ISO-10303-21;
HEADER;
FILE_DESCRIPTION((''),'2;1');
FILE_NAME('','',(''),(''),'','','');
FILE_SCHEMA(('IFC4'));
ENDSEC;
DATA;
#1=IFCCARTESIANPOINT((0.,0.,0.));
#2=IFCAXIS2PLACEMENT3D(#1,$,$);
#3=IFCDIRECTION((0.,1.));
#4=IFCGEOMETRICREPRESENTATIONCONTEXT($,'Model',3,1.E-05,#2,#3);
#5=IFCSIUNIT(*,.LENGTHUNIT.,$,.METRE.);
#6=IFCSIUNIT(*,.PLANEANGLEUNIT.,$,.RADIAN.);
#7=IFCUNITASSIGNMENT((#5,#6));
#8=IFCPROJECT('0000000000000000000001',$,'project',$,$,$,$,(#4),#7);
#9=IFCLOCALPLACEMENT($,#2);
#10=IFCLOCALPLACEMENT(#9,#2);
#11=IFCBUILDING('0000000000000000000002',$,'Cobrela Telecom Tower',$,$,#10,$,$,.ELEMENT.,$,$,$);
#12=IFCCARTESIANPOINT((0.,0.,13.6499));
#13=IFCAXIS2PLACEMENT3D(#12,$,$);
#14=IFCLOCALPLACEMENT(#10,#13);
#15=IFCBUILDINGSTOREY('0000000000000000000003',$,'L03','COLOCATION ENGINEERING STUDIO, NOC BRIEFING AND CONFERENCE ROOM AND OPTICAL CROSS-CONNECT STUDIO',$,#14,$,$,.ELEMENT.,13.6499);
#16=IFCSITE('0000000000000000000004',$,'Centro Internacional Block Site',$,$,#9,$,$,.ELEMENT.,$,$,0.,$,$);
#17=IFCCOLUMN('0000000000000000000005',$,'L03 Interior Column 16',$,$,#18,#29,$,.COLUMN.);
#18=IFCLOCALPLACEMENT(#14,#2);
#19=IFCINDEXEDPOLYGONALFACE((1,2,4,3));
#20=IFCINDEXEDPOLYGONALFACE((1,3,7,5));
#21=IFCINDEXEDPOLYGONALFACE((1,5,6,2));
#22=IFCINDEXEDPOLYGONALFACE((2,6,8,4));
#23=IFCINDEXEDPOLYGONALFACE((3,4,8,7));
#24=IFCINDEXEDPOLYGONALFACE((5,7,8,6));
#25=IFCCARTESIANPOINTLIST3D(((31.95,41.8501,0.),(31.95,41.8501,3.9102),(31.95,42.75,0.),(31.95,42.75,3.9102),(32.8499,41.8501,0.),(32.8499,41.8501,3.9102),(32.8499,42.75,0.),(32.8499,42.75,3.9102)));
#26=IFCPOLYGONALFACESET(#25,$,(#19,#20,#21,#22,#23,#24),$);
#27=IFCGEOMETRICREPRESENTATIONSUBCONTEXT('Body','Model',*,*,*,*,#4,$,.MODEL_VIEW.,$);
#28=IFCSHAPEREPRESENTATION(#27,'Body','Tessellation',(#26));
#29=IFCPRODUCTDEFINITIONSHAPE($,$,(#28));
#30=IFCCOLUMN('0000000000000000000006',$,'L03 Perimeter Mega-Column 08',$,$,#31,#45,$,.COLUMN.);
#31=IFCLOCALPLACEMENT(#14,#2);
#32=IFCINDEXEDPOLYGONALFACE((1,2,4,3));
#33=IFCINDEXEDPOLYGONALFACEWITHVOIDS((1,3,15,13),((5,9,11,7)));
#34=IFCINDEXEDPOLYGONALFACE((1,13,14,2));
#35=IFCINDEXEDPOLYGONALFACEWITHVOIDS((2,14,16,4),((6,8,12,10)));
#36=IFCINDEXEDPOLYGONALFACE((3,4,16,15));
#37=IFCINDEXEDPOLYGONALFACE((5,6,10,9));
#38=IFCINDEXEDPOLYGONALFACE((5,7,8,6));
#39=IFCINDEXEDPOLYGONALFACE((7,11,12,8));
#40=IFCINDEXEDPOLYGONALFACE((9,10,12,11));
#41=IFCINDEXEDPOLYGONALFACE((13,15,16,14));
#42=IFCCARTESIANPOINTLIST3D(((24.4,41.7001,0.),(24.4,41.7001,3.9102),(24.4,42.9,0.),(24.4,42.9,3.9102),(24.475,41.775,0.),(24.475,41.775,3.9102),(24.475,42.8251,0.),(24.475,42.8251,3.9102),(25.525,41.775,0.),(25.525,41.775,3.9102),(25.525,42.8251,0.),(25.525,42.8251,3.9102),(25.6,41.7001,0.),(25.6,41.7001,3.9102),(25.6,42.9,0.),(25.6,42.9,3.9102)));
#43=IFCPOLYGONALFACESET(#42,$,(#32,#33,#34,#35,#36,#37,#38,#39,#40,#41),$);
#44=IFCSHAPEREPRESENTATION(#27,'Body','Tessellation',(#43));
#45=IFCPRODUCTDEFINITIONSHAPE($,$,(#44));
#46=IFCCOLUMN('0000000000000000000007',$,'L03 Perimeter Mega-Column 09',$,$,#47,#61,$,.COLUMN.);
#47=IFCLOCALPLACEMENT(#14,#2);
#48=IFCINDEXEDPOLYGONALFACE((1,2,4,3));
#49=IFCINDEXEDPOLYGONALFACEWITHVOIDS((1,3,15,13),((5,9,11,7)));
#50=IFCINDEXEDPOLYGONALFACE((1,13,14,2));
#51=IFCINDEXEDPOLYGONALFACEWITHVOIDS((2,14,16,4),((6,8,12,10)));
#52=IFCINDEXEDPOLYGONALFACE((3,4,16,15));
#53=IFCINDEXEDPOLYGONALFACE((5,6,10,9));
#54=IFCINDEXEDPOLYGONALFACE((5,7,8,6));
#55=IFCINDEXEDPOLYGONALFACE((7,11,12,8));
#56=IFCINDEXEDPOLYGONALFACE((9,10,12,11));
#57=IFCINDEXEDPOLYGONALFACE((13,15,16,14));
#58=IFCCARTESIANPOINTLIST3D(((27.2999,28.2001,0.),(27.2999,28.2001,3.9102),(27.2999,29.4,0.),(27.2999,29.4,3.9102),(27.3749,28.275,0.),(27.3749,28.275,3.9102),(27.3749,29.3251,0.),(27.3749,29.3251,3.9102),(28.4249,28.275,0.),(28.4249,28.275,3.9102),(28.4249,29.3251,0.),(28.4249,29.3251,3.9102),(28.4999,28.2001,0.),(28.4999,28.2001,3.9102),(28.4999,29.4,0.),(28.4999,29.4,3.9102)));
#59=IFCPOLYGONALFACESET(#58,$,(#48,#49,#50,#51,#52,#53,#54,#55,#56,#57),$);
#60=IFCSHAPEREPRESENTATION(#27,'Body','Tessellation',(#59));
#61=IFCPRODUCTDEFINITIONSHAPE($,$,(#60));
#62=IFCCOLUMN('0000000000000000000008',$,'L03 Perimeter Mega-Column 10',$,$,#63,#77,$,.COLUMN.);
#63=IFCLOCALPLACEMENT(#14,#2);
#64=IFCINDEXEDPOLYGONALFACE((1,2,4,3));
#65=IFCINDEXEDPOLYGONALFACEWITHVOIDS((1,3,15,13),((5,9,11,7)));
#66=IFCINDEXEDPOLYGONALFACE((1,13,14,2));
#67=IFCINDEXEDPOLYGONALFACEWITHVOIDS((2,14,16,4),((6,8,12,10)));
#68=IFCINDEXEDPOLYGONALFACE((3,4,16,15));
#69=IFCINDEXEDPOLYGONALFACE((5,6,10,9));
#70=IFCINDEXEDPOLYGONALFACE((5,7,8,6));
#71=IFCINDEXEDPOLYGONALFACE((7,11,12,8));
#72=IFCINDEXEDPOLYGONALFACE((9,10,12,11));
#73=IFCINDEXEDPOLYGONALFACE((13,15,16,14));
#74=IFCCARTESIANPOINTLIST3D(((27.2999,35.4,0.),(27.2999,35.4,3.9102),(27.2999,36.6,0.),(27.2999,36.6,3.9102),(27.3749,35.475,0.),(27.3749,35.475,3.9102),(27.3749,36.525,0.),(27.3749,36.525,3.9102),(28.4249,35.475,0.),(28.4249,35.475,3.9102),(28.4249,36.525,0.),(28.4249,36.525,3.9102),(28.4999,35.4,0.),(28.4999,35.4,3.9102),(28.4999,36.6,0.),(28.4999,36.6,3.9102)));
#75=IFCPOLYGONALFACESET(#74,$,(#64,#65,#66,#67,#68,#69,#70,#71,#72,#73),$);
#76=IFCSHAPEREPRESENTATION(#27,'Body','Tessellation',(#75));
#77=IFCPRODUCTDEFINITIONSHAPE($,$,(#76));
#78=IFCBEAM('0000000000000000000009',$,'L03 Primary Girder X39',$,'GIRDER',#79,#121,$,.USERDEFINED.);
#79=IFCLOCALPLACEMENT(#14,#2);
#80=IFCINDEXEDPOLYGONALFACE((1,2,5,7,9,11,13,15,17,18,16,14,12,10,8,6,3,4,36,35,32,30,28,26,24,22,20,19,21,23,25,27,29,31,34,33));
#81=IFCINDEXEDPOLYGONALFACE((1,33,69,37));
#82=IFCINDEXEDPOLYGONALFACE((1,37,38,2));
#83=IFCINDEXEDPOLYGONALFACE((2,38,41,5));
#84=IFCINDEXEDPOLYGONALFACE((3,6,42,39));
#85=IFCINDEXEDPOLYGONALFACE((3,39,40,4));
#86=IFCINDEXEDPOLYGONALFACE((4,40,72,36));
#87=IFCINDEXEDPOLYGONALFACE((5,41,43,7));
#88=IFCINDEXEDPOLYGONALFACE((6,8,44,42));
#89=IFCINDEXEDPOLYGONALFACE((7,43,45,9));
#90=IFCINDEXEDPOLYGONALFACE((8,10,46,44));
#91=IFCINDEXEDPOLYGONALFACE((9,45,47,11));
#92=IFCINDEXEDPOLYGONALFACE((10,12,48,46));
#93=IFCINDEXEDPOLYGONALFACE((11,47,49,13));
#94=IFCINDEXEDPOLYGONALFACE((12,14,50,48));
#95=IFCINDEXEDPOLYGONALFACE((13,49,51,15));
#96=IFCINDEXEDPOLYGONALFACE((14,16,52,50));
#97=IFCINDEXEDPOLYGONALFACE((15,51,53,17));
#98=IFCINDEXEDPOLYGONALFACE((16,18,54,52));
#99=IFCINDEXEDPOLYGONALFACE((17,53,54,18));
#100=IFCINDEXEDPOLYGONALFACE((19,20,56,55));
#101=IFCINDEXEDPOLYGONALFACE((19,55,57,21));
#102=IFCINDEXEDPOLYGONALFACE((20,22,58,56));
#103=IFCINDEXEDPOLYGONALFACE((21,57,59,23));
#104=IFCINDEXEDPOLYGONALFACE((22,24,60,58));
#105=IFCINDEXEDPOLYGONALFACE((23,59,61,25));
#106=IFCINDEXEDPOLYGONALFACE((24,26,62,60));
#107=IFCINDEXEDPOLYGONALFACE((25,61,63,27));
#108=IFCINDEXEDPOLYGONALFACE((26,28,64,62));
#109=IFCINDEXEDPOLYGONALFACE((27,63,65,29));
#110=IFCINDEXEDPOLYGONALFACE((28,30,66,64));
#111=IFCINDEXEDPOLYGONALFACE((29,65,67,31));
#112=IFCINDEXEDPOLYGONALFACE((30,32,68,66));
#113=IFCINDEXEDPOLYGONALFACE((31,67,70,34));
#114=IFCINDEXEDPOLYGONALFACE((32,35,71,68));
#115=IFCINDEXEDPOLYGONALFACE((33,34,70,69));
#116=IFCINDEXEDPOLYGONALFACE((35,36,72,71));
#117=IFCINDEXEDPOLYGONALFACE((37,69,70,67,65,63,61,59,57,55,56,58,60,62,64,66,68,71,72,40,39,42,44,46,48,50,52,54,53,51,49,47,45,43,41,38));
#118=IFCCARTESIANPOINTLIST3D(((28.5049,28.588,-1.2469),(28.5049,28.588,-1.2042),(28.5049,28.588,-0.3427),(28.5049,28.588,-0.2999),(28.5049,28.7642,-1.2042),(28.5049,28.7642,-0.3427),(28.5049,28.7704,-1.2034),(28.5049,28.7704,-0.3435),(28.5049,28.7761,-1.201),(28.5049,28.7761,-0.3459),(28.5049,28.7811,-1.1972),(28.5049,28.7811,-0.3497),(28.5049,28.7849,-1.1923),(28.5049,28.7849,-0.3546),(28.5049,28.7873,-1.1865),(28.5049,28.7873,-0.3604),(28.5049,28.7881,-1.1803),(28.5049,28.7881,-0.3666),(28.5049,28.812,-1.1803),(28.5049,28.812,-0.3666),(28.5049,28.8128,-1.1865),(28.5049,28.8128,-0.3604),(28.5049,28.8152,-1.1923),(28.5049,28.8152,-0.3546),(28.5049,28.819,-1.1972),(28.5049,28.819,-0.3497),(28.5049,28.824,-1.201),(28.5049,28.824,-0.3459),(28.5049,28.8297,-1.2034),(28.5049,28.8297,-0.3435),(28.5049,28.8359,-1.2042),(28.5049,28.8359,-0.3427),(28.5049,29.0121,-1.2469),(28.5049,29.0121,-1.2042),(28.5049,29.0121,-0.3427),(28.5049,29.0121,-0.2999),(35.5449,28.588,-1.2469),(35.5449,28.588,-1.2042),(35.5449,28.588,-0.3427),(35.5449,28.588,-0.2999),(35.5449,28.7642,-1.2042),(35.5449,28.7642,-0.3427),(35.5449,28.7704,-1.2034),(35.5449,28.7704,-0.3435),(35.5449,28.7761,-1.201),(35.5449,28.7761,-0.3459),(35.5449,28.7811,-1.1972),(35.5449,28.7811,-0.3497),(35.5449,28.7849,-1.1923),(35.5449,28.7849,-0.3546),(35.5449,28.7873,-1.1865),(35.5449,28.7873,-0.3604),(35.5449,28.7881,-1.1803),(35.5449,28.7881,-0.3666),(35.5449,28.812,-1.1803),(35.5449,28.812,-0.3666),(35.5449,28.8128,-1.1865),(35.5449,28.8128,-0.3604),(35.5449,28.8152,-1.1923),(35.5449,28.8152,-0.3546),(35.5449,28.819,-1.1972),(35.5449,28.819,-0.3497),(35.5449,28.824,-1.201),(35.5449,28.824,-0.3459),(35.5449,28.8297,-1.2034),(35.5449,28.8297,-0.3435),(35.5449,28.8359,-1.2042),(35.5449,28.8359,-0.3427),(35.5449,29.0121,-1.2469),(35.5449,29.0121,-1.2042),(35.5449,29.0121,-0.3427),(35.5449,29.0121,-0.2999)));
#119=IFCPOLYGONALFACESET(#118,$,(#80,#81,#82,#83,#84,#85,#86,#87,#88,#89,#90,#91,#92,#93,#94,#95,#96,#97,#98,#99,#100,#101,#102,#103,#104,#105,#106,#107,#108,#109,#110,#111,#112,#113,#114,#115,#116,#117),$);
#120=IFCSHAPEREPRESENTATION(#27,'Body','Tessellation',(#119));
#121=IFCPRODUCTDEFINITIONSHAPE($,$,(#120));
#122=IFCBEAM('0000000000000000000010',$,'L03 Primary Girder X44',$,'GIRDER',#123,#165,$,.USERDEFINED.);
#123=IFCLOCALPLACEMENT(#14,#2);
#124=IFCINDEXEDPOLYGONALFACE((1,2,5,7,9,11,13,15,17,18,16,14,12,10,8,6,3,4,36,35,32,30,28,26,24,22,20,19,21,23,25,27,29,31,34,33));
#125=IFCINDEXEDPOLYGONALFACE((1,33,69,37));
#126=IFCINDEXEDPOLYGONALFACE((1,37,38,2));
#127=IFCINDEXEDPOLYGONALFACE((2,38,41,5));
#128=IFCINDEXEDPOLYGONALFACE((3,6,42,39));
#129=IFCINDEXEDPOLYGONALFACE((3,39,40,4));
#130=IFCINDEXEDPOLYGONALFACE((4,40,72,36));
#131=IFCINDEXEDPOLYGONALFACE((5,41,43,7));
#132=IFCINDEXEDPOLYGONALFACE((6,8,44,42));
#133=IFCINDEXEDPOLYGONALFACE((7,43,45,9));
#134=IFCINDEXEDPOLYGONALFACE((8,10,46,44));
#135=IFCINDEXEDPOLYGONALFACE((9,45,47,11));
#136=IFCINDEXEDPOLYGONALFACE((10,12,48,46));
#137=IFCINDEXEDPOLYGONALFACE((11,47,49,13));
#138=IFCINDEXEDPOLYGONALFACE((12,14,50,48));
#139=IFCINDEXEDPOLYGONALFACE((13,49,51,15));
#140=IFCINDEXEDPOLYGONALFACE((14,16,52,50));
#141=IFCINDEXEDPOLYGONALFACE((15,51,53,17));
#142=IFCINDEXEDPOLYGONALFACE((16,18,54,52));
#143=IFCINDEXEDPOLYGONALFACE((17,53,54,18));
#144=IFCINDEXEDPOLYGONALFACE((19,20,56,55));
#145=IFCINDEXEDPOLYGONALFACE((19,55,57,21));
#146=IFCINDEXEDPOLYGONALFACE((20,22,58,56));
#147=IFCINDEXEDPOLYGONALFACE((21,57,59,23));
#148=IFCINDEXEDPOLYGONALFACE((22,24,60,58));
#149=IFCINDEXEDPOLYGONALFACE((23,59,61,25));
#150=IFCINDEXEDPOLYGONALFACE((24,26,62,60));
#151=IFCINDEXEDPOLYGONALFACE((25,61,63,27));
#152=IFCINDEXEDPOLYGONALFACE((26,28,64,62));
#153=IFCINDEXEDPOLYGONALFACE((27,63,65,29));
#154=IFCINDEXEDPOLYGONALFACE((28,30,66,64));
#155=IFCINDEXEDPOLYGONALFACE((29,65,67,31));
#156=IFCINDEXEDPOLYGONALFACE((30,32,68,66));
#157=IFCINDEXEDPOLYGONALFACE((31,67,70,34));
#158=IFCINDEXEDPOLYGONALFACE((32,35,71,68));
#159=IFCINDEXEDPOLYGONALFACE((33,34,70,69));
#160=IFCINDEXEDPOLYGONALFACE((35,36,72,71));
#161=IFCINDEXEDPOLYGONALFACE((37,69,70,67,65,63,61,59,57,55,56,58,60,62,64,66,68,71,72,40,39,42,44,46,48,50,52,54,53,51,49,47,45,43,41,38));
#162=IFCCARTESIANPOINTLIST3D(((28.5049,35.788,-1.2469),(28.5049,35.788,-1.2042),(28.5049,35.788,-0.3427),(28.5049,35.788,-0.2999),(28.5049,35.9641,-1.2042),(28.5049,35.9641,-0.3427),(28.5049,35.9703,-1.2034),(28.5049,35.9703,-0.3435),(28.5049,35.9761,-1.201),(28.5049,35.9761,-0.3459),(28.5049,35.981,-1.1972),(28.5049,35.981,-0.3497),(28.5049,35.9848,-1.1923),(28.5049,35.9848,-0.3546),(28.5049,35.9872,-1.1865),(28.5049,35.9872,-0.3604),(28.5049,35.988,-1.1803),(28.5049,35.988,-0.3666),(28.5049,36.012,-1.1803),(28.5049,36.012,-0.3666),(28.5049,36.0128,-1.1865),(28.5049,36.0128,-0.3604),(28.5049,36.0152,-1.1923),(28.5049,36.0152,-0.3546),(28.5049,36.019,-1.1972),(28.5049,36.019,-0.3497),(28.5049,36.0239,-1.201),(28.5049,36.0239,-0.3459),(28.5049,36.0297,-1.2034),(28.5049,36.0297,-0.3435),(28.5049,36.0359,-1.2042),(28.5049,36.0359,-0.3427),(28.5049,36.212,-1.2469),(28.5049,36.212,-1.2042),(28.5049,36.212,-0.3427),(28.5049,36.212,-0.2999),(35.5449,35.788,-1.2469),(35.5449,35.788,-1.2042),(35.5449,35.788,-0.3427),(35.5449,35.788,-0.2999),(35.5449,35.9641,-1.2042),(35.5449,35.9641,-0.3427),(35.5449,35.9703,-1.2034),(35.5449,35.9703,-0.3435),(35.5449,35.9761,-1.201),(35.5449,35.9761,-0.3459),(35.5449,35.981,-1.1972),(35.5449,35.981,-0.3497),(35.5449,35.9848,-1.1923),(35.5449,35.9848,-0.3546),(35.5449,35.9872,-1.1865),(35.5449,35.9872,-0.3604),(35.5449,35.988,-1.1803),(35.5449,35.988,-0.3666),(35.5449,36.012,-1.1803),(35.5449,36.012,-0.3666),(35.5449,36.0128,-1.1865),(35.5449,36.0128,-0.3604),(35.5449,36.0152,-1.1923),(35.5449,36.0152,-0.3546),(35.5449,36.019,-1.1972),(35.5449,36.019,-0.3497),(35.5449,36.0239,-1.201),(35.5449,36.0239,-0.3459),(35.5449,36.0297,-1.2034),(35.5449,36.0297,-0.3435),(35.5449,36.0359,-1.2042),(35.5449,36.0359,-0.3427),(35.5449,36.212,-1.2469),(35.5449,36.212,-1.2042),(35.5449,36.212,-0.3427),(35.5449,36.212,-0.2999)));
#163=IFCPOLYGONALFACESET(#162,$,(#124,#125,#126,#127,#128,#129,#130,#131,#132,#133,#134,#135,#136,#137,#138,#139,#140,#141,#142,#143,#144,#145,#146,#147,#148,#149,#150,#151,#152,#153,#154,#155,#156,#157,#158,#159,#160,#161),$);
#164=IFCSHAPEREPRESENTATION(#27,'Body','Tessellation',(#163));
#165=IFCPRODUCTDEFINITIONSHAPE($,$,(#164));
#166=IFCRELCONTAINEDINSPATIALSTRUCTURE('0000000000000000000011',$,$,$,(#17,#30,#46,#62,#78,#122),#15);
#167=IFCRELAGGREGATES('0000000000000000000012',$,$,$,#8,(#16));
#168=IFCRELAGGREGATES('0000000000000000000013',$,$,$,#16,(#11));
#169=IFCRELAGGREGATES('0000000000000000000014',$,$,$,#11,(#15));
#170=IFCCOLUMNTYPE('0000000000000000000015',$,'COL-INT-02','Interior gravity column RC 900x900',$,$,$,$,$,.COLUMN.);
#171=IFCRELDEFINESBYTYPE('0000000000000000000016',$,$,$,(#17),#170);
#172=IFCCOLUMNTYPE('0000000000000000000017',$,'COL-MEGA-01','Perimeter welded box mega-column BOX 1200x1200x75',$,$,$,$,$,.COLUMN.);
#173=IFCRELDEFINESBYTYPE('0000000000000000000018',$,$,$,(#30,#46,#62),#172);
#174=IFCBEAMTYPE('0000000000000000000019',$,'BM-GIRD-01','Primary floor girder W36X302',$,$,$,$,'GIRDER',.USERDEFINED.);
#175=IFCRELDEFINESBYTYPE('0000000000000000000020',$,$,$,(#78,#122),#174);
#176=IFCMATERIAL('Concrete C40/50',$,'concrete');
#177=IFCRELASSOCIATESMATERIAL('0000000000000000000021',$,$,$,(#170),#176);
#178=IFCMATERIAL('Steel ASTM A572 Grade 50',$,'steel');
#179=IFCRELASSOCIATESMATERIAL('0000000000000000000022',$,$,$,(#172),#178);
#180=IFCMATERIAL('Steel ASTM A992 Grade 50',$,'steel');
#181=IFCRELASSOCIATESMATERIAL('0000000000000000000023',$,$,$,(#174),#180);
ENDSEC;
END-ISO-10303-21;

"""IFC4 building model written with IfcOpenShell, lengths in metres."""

from ifc_helpers import new_model, si_unit, direction, frame, origin, origin_2d, place, context, subcontext, project, spatial, rectangle, hollow_rectangle, i_section, extrude, material, material_profile, profile_set, type_object, element, save


model = new_model("IFC4")

# Units and contexts
model_context = context("Model", 3, precision=1e-05, world=origin(), true_north=direction((0.0, 1.0)))
body_context = subcontext(model_context, "Body", "Model", "MODEL_VIEW")
ifc_project = project(units=[si_unit("LENGTHUNIT", "METRE"), si_unit("PLANEANGLEUNIT", "RADIAN")], contexts=[model_context])

# Site, building, storey
site_placement = place(None, origin())
site = spatial("IfcSite", under=ifc_project, at=site_placement, Name="Centro Internacional Block Site", CompositionType="ELEMENT", RefElevation=0.0)
building_placement = place(site_placement, origin())
building = spatial("IfcBuilding", under=site, at=building_placement, Name="Cobrela Telecom Tower", CompositionType="ELEMENT")
storey_placement = place(building_placement, frame((0.0, 0.0, 13.6499)))
storey = spatial("IfcBuildingStorey", under=building, at=storey_placement, Name="L03", Description="COLOCATION ENGINEERING STUDIO, NOC BRIEFING AND CONFERENCE ROOM AND OPTICAL CROSS-CONNECT STUDIO", CompositionType="ELEMENT", Elevation=13.6499)

# Columns
ifc_material_1 = material(Name="Concrete C40/50", Category="concrete")
ifc_material_profile_1 = material_profile(ifc_material_1, rectangle(XDim=0.8999, YDim=0.8999, at=origin_2d()), Name="RC 900x900")
ifc_profile_set_1 = profile_set([ifc_material_profile_1], Name="Concrete C40/50")
column_type_1 = type_object("IfcColumnType", Name="COL-INT-02", Description="Interior gravity column RC 900x900", PredefinedType="COLUMN", material=ifc_profile_set_1)
column_placement = place(storey_placement, frame((32.3999, 42.3, 0.0), z_axis=(0.0, 0.0, 1.0), x_axis=(1.0, 0.0, 0.0)))
element("IfcColumn", 1, at=column_placement, inside=storey, type_object=column_type_1, Name="L03 Interior Column 16", PredefinedType="COLUMN", context=body_context, shape_type="SweptSolid", body=[
    extrude(rectangle(XDim=0.8999, YDim=0.8999, at=origin_2d()), origin(), (0.0, 0.0, 1.0), 3.9102),
])
ifc_material_2 = material(Name="Steel ASTM A572 Grade 50", Category="steel")
ifc_material_profile_2 = material_profile(ifc_material_2, hollow_rectangle(XDim=1.2, YDim=1.2, WallThickness=0.075, at=origin_2d()), Name="BOX 1200x1200x75")
ifc_profile_set_2 = profile_set([ifc_material_profile_2], Name="Steel ASTM A572 Grade 50")
column_type_2 = type_object("IfcColumnType", Name="COL-MEGA-01", Description="Perimeter welded box mega-column BOX 1200x1200x75", PredefinedType="COLUMN", material=ifc_profile_set_2)
for number, where, z_axis, x_axis, name in (
    (2, (25.0, 42.3, 0.0), (0.0, 0.0, 1.0), (1.0, 0.0, 0.0), "L03 Perimeter Mega-Column 08"),
    (3, (27.8999, 28.8, 0.0), (0.0, 0.0, 1.0), (1.0, 0.0, 0.0), "L03 Perimeter Mega-Column 09"),
    (4, (27.8999, 36.0, 0.0), (0.0, 0.0, 1.0), (1.0, 0.0, 0.0), "L03 Perimeter Mega-Column 10"),
):
    element("IfcColumn", number, at=place(storey_placement, frame(where, z_axis=z_axis, x_axis=x_axis)), inside=storey, type_object=column_type_2, Name=name, PredefinedType="COLUMN", context=body_context, shape_type="SweptSolid", body=[
        extrude(hollow_rectangle(XDim=1.2, YDim=1.2, WallThickness=0.075, at=origin_2d()), origin(), (0.0, 0.0, 1.0), 3.9102),
    ])

# Beams
ifc_material_3 = material(Name="Steel ASTM A992 Grade 50", Category="steel")
ifc_material_profile_3 = material_profile(ifc_material_3, i_section(OverallWidth=0.4241, OverallDepth=0.947, WebThickness=0.0239, FlangeThickness=0.0427, FilletRadius=0.0239, at=origin_2d()), Name="W36X302")
ifc_profile_set_3 = profile_set([ifc_material_profile_3], Name="Steel ASTM A992 Grade 50")
beam_type_1 = type_object("IfcBeamType", Name="BM-GIRD-01", Description="Primary floor girder W36X302", ElementType="GIRDER", PredefinedType="USERDEFINED", material=ifc_profile_set_3)
for number, where, z_axis, x_axis, name in (
    (5, (28.5049, 28.8, -0.7734), (1.0, 0.0, 0.0), (0.0, 1.0, 0.0), "L03 Primary Girder X39"),
    (6, (28.5049, 36.0, -0.7734), (1.0, 0.0, 0.0), (0.0, 1.0, 0.0), "L03 Primary Girder X44"),
):
    element("IfcBeam", number, at=place(storey_placement, frame(where, z_axis=z_axis, x_axis=x_axis)), inside=storey, type_object=beam_type_1, Name=name, ObjectType="GIRDER", PredefinedType="USERDEFINED", context=body_context, shape_type="SweptSolid", body=[
        extrude(i_section(OverallWidth=0.4241, OverallDepth=0.947, WebThickness=0.0239, FlangeThickness=0.0427, FilletRadius=0.0239, at=origin_2d()), origin(), (0.0, 0.0, 1.0), 7.04),
    ])

save(model, "model.ifc")
